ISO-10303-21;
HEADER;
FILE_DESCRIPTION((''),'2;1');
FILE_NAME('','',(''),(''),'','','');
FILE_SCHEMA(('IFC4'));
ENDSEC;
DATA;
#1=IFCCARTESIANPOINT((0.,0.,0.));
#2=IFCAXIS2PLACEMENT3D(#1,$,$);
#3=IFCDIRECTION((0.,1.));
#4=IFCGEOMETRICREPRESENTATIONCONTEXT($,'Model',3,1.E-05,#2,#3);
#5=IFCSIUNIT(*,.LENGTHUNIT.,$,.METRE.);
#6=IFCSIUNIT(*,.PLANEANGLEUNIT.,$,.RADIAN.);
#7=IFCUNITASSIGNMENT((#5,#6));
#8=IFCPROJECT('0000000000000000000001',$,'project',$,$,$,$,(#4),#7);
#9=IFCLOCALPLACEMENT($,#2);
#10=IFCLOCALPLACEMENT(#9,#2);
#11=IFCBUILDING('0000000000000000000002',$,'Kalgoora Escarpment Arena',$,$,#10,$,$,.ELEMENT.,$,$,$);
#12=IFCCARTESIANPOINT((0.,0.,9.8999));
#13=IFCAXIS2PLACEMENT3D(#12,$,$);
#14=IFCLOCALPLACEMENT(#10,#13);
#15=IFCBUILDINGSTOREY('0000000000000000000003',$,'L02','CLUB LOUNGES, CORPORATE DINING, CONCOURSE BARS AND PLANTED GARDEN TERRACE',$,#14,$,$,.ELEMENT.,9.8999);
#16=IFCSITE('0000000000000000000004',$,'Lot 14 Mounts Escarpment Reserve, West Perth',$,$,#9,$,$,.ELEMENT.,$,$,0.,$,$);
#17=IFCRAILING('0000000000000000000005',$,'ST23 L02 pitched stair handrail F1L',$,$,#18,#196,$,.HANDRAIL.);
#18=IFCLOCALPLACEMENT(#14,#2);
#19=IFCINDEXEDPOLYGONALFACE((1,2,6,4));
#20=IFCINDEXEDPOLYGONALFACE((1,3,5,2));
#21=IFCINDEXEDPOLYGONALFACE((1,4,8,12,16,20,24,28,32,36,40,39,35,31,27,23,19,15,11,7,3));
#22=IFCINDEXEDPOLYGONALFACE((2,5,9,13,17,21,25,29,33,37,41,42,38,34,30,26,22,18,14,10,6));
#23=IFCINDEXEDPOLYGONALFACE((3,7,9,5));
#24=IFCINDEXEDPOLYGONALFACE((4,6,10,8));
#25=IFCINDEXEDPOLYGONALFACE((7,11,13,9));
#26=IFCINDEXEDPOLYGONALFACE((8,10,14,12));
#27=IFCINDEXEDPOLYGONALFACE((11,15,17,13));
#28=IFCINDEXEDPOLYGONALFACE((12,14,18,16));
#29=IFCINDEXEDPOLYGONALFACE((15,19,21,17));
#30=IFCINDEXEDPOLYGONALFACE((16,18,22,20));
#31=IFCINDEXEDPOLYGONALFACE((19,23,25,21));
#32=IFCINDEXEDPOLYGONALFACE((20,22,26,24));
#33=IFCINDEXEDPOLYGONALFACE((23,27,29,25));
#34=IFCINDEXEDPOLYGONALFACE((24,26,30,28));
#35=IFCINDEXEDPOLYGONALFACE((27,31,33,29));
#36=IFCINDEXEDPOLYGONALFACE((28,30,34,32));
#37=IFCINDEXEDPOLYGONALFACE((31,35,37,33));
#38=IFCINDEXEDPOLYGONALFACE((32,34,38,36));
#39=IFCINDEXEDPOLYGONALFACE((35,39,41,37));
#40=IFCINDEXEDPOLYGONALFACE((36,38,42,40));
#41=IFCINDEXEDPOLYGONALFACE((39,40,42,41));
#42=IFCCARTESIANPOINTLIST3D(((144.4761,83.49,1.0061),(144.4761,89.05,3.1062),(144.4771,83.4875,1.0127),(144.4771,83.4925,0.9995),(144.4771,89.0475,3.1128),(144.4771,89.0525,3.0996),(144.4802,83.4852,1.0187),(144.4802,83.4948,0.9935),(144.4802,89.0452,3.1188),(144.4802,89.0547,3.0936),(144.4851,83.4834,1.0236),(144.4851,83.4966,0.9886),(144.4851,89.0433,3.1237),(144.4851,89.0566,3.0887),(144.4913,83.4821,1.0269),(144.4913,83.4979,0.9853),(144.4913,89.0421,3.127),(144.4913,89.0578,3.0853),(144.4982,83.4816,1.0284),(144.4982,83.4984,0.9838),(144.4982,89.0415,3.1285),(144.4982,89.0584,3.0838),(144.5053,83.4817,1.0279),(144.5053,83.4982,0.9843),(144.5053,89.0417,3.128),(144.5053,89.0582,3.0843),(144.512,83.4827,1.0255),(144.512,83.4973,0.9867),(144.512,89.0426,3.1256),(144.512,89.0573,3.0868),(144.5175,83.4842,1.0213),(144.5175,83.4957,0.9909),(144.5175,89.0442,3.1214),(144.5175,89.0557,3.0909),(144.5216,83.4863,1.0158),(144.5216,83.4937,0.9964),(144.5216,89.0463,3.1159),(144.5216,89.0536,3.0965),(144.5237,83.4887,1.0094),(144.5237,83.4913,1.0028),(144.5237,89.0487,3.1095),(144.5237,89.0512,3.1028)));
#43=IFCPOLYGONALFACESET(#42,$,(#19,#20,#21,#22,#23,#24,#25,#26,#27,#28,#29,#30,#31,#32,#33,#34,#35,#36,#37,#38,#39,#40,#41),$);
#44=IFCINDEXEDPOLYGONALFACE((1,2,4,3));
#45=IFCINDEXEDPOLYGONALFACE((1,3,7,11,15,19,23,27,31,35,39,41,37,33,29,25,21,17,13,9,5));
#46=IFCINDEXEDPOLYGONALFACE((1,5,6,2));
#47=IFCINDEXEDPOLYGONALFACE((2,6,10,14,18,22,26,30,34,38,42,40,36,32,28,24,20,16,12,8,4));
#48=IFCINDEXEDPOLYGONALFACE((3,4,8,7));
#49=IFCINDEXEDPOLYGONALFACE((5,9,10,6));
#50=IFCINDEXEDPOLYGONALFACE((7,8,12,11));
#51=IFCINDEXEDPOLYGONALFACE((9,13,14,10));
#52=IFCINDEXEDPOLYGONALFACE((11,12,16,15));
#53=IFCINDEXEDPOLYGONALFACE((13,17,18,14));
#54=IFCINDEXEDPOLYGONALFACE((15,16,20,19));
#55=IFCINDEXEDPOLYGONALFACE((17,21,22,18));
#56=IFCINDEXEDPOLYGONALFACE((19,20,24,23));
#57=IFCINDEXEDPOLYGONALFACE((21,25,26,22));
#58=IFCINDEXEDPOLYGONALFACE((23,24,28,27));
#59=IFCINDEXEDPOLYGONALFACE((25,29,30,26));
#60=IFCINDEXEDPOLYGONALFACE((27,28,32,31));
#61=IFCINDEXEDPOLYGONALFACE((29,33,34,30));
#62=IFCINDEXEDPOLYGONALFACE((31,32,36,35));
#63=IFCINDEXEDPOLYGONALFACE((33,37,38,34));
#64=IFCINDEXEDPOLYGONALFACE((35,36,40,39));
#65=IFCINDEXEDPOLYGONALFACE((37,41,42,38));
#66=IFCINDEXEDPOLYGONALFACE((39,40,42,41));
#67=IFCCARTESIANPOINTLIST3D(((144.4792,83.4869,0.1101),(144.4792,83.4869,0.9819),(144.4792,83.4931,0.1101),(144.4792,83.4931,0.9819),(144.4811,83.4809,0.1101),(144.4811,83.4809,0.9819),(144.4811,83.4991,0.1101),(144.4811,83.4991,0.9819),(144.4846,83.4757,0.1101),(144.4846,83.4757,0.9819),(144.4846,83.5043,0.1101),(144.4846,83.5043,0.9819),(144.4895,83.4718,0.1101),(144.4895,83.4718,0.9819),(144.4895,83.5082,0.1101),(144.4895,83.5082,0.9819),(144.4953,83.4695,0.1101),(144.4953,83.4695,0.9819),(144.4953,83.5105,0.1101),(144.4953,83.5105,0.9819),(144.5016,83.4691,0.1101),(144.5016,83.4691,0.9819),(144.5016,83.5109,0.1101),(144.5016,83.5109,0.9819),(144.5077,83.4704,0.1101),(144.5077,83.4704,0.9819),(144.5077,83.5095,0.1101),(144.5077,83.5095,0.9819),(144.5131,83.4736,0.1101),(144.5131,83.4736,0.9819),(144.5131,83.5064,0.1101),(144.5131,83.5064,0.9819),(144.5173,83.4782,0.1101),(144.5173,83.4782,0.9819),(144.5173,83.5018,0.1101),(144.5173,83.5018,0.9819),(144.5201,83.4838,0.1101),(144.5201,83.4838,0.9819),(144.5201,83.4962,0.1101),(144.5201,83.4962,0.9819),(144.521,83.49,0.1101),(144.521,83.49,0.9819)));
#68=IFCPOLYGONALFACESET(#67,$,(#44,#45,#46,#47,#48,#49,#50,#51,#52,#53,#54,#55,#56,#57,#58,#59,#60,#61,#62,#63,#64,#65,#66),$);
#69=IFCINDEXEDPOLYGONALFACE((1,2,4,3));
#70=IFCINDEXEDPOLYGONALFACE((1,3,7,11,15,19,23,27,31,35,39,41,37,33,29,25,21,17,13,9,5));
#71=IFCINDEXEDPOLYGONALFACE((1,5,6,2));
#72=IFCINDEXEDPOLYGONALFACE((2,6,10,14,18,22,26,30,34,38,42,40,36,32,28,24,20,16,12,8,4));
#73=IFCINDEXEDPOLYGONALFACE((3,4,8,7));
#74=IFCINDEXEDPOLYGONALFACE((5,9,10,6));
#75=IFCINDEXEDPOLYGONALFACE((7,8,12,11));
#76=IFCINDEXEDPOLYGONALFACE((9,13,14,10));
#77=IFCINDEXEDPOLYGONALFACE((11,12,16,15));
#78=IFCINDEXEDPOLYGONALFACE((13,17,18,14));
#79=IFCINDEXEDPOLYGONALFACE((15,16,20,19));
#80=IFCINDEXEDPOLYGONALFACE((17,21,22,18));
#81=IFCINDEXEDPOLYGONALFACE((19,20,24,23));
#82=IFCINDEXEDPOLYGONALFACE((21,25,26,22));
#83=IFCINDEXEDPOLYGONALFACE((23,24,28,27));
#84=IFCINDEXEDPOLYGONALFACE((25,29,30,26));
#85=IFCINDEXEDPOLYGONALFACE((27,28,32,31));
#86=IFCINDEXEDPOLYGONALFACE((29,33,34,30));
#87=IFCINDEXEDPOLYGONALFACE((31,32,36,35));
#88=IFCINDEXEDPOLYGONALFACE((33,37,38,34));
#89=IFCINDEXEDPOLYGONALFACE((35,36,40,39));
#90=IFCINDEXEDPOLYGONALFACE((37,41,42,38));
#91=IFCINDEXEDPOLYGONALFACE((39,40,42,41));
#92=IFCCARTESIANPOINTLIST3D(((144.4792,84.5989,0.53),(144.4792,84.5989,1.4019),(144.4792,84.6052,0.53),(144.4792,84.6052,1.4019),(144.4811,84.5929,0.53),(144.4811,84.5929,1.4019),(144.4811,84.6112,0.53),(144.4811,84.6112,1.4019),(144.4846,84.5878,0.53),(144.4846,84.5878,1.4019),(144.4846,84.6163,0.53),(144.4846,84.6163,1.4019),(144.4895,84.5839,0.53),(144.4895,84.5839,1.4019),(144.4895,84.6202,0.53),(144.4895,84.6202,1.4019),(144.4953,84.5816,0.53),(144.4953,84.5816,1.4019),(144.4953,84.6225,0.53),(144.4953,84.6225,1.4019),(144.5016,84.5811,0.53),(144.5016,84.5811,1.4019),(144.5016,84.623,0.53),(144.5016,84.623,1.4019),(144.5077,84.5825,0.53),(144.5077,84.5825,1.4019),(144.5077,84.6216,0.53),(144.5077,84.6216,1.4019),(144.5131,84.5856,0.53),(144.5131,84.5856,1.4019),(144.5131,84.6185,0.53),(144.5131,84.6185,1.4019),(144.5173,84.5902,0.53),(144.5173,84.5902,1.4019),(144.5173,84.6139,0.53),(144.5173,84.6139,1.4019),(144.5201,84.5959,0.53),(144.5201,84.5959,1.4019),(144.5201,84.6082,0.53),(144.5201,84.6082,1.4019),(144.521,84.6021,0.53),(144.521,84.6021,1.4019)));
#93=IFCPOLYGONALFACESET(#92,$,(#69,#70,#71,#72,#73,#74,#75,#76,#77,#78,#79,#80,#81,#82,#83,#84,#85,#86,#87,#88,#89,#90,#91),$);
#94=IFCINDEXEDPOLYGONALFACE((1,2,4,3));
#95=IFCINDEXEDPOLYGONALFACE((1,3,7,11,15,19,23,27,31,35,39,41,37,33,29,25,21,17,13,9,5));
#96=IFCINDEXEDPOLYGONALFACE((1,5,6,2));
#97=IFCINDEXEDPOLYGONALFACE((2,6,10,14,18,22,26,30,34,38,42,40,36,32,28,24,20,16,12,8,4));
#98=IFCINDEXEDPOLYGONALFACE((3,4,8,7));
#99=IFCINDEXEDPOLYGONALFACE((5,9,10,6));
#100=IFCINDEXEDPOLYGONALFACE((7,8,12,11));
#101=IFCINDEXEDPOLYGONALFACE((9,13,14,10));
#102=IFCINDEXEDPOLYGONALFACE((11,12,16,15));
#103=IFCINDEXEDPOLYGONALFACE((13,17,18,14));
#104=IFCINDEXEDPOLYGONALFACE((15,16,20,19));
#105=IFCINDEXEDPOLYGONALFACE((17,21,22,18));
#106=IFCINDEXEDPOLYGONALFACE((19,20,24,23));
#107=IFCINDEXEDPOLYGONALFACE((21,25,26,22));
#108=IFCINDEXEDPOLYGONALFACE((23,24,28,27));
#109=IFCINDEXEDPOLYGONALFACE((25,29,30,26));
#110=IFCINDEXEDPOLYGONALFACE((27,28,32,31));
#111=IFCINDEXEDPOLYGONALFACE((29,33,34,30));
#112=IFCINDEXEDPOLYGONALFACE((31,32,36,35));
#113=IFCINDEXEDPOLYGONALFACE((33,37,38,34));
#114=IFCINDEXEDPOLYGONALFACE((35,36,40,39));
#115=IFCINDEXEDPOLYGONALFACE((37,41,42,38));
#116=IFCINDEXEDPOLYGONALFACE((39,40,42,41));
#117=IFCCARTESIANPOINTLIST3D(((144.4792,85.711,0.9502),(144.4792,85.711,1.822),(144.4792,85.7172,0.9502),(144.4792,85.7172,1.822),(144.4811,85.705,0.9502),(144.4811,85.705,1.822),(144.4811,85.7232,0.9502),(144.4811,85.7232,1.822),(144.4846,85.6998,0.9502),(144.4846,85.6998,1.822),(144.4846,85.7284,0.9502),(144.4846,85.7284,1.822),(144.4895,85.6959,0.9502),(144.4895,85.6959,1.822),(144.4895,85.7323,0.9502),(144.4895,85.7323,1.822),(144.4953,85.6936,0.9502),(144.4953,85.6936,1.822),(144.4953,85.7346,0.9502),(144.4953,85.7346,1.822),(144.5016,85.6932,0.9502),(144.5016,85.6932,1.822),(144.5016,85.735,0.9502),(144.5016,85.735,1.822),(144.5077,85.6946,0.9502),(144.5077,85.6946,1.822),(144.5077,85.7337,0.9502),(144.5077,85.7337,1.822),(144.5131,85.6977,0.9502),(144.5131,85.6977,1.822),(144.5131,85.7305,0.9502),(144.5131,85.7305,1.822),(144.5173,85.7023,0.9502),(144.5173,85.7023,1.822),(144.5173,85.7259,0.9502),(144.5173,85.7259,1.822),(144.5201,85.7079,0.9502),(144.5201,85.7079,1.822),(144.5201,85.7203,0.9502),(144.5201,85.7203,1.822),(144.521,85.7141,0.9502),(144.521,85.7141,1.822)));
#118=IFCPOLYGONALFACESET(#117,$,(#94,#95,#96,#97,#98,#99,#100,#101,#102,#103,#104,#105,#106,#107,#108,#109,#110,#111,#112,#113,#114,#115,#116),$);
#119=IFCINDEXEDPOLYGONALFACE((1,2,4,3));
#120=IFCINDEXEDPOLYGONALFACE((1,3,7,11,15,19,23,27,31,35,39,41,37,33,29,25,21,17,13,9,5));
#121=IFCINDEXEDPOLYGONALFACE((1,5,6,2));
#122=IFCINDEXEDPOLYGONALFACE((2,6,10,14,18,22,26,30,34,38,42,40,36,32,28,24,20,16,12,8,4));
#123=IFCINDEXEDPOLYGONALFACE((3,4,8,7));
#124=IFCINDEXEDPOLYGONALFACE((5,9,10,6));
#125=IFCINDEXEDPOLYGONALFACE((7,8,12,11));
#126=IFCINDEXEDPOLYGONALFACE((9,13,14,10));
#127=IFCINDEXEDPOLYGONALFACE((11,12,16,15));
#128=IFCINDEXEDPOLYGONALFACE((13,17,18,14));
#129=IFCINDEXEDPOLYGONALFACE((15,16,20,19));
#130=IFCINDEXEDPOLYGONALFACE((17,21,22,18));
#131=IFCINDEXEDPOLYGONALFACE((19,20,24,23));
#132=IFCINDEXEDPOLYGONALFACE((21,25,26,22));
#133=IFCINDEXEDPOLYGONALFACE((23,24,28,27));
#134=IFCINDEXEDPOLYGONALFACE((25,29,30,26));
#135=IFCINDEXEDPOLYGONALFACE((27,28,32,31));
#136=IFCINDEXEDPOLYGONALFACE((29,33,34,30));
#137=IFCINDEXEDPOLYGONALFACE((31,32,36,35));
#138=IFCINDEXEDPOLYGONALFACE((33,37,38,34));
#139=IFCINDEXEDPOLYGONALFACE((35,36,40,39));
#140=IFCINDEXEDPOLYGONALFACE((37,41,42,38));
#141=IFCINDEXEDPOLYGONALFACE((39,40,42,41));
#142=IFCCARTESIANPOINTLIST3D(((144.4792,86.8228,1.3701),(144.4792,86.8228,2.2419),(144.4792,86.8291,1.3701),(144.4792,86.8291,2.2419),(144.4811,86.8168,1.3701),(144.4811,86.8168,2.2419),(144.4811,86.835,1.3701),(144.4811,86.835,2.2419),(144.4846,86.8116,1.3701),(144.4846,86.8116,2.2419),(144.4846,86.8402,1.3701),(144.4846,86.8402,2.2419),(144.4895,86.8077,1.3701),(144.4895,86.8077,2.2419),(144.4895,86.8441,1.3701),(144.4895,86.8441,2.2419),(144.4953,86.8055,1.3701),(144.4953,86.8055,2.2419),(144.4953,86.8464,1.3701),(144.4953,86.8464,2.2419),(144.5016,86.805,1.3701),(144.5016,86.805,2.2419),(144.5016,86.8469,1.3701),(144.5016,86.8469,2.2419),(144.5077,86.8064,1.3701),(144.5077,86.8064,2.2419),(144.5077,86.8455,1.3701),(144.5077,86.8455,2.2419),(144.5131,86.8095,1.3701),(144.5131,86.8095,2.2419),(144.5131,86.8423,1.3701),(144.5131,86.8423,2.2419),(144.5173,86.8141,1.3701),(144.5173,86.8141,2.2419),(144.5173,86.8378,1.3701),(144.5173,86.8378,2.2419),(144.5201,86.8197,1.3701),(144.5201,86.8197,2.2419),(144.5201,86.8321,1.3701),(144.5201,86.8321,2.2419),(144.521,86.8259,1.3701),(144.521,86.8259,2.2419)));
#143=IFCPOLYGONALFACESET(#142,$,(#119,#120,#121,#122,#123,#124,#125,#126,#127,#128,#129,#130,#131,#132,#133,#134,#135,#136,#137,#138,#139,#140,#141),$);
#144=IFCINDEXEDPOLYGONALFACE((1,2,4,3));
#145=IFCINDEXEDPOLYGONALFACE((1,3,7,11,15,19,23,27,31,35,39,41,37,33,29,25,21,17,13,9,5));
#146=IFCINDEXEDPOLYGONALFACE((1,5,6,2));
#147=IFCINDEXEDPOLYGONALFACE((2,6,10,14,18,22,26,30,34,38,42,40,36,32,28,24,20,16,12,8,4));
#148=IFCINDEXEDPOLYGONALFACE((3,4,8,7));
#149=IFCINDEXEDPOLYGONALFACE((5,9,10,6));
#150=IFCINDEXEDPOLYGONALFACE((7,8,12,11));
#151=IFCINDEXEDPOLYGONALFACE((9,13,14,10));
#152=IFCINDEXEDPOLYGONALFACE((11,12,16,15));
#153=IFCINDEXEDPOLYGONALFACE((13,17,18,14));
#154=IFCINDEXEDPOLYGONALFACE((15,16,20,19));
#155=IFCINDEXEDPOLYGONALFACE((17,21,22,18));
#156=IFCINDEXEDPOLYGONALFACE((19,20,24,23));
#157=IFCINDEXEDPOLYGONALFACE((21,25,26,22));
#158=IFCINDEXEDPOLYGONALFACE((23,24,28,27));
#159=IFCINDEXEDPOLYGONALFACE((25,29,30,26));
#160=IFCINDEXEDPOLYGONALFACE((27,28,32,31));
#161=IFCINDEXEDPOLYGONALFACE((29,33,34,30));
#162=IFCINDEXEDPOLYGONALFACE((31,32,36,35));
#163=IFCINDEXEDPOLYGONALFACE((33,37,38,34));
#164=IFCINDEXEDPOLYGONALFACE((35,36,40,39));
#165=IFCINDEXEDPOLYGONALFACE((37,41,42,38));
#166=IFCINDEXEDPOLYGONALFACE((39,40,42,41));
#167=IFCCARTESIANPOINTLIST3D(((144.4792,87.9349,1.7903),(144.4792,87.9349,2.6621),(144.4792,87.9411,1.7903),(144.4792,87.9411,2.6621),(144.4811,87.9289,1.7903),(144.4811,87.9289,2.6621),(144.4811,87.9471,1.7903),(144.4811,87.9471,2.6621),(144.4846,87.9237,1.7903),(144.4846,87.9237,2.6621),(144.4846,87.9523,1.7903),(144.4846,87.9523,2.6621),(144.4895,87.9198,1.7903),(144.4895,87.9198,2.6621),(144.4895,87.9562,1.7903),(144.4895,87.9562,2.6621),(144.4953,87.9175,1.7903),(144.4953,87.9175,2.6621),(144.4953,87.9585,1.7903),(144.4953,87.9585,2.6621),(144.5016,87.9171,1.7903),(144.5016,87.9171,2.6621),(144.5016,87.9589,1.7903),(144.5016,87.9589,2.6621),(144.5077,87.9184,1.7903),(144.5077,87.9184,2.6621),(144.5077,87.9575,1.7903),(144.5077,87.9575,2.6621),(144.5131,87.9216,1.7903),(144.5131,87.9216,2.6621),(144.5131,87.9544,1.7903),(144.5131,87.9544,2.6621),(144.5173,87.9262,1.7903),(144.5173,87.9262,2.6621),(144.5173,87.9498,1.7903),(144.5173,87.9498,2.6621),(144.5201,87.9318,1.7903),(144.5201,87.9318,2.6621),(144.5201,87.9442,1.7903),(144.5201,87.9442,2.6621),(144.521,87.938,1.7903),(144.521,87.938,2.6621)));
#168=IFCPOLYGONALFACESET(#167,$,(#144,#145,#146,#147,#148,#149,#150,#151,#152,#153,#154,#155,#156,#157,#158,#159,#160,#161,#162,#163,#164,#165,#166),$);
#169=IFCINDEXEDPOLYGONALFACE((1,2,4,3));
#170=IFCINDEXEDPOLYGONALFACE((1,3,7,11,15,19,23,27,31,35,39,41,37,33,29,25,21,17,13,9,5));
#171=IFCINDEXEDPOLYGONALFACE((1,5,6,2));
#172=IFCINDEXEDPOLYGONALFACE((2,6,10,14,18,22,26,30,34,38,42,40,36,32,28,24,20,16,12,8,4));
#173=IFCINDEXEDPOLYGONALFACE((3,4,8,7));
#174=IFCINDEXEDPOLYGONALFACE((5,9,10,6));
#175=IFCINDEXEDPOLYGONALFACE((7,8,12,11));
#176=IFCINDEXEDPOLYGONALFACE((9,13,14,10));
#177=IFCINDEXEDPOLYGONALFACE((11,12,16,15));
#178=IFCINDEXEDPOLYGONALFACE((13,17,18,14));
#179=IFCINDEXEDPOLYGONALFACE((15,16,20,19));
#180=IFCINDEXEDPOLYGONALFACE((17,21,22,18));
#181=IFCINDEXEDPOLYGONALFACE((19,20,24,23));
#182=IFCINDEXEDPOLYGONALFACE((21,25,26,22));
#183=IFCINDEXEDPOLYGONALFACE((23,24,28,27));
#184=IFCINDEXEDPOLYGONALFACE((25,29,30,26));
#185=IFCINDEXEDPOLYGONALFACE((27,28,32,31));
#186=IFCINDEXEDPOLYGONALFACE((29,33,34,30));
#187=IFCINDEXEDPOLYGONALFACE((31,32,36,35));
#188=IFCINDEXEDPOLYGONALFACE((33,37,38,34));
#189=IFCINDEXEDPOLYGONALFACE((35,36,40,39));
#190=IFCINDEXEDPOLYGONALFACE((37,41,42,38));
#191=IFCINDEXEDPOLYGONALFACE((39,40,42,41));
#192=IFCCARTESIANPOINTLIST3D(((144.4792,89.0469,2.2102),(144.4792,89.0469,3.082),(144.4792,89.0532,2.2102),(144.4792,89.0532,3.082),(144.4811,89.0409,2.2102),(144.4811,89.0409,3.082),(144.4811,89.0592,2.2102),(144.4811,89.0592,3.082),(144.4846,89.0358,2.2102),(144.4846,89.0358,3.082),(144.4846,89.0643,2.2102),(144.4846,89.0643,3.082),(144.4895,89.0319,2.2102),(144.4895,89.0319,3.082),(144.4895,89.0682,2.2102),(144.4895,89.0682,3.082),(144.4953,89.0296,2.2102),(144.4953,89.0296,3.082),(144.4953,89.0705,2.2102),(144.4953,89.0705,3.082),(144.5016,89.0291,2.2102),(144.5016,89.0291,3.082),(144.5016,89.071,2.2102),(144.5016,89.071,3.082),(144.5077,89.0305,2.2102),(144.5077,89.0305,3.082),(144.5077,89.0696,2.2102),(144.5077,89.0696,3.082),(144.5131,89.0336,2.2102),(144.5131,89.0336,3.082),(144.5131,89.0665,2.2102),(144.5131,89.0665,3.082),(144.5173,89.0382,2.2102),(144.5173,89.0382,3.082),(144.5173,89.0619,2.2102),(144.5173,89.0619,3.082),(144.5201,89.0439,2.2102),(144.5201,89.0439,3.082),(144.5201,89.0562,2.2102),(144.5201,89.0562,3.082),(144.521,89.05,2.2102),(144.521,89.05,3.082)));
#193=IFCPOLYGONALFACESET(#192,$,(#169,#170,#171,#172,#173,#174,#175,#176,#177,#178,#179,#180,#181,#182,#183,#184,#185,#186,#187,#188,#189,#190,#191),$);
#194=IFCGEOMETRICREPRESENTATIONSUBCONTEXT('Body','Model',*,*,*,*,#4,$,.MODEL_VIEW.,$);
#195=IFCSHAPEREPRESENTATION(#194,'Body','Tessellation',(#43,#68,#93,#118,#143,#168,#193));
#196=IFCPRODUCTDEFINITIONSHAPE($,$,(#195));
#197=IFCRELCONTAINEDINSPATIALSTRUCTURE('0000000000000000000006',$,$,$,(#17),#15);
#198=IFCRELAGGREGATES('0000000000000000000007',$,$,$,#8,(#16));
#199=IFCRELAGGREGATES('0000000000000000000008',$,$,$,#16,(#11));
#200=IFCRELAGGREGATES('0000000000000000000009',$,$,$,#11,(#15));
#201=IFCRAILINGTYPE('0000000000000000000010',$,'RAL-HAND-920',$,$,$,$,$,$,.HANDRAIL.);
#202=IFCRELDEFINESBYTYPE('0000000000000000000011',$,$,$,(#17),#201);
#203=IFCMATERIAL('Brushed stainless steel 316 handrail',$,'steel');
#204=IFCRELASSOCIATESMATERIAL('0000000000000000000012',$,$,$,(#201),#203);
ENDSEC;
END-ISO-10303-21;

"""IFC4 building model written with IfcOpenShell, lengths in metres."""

from ifc_helpers import new_model, si_unit, direction, frame, origin, origin_2d, place, context, subcontext, project, spatial, circle, extrude, material, type_object, element, save


model = new_model("IFC4")

# Units and contexts
model_context = context("Model", 3, precision=1e-05, world=origin(), true_north=direction((0.0, 1.0)))
body_context = subcontext(model_context, "Body", "Model", "MODEL_VIEW")
ifc_project = project(units=[si_unit("LENGTHUNIT", "METRE"), si_unit("PLANEANGLEUNIT", "RADIAN")], contexts=[model_context])

# Site, building, storey
site_placement = place(None, origin())
site = spatial("IfcSite", under=ifc_project, at=site_placement, Name="Lot 14 Mounts Escarpment Reserve, West Perth", CompositionType="ELEMENT", RefElevation=0.0)
building_placement = place(site_placement, origin())
building = spatial("IfcBuilding", under=site, at=building_placement, Name="Kalgoora Escarpment Arena", CompositionType="ELEMENT")
storey_placement = place(building_placement, frame((0.0, 0.0, 9.8999)))
storey = spatial("IfcBuildingStorey", under=building, at=storey_placement, Name="L02", Description="CLUB LOUNGES, CORPORATE DINING, CONCOURSE BARS AND PLANTED GARDEN TERRACE", CompositionType="ELEMENT", Elevation=9.8999)

# Railing
ifc_material_1 = material(Name="Brushed stainless steel 316 handrail", Category="steel")
railing_type_1 = type_object("IfcRailingType", Name="RAL-HAND-920", PredefinedType="HANDRAIL", material=ifc_material_1)
for number, where, name in (
    (1, (144.5, 83.49, 0.1101), "ST23 L02 pitched stair handrail F1L"),
):
    element("IfcRailing", number, at=place(storey_placement, frame(where)), inside=storey, type_object=railing_type_1, Name=name, PredefinedType="HANDRAIL", context=body_context, shape_type="SweptSolid", body=[
        extrude(circle(Radius=0.0239, at=origin_2d()), frame((0.0, 0.0, 0.896), z_axis=(0.0, 0.935493, 0.353346), x_axis=(-1.0, 0.0, 0.0)), (0.0, 0.0, 1.0), 5.9434),
        extrude(circle(Radius=0.021, at=origin_2d()), origin(), (0.0, 0.0, 1.0), 0.8718),
        extrude(circle(Radius=0.021, at=origin_2d()), frame((0.0, 1.1121, 0.4199)), (0.0, 0.0, 1.0), 0.8718),
        extrude(circle(Radius=0.021, at=origin_2d()), frame((0.0, 2.2241, 0.8401)), (0.0, 0.0, 1.0), 0.8718),
        extrude(circle(Radius=0.021, at=origin_2d()), frame((0.0, 3.3359, 1.26)), (0.0, 0.0, 1.0), 0.8718),
        extrude(circle(Radius=0.021, at=origin_2d()), frame((0.0, 4.448, 1.6802)), (0.0, 0.0, 1.0), 0.8718),
        extrude(circle(Radius=0.021, at=origin_2d()), frame((0.0, 5.5601, 2.1001)), (0.0, 0.0, 1.0), 0.8718),
    ])

save(model, "model.ifc")
